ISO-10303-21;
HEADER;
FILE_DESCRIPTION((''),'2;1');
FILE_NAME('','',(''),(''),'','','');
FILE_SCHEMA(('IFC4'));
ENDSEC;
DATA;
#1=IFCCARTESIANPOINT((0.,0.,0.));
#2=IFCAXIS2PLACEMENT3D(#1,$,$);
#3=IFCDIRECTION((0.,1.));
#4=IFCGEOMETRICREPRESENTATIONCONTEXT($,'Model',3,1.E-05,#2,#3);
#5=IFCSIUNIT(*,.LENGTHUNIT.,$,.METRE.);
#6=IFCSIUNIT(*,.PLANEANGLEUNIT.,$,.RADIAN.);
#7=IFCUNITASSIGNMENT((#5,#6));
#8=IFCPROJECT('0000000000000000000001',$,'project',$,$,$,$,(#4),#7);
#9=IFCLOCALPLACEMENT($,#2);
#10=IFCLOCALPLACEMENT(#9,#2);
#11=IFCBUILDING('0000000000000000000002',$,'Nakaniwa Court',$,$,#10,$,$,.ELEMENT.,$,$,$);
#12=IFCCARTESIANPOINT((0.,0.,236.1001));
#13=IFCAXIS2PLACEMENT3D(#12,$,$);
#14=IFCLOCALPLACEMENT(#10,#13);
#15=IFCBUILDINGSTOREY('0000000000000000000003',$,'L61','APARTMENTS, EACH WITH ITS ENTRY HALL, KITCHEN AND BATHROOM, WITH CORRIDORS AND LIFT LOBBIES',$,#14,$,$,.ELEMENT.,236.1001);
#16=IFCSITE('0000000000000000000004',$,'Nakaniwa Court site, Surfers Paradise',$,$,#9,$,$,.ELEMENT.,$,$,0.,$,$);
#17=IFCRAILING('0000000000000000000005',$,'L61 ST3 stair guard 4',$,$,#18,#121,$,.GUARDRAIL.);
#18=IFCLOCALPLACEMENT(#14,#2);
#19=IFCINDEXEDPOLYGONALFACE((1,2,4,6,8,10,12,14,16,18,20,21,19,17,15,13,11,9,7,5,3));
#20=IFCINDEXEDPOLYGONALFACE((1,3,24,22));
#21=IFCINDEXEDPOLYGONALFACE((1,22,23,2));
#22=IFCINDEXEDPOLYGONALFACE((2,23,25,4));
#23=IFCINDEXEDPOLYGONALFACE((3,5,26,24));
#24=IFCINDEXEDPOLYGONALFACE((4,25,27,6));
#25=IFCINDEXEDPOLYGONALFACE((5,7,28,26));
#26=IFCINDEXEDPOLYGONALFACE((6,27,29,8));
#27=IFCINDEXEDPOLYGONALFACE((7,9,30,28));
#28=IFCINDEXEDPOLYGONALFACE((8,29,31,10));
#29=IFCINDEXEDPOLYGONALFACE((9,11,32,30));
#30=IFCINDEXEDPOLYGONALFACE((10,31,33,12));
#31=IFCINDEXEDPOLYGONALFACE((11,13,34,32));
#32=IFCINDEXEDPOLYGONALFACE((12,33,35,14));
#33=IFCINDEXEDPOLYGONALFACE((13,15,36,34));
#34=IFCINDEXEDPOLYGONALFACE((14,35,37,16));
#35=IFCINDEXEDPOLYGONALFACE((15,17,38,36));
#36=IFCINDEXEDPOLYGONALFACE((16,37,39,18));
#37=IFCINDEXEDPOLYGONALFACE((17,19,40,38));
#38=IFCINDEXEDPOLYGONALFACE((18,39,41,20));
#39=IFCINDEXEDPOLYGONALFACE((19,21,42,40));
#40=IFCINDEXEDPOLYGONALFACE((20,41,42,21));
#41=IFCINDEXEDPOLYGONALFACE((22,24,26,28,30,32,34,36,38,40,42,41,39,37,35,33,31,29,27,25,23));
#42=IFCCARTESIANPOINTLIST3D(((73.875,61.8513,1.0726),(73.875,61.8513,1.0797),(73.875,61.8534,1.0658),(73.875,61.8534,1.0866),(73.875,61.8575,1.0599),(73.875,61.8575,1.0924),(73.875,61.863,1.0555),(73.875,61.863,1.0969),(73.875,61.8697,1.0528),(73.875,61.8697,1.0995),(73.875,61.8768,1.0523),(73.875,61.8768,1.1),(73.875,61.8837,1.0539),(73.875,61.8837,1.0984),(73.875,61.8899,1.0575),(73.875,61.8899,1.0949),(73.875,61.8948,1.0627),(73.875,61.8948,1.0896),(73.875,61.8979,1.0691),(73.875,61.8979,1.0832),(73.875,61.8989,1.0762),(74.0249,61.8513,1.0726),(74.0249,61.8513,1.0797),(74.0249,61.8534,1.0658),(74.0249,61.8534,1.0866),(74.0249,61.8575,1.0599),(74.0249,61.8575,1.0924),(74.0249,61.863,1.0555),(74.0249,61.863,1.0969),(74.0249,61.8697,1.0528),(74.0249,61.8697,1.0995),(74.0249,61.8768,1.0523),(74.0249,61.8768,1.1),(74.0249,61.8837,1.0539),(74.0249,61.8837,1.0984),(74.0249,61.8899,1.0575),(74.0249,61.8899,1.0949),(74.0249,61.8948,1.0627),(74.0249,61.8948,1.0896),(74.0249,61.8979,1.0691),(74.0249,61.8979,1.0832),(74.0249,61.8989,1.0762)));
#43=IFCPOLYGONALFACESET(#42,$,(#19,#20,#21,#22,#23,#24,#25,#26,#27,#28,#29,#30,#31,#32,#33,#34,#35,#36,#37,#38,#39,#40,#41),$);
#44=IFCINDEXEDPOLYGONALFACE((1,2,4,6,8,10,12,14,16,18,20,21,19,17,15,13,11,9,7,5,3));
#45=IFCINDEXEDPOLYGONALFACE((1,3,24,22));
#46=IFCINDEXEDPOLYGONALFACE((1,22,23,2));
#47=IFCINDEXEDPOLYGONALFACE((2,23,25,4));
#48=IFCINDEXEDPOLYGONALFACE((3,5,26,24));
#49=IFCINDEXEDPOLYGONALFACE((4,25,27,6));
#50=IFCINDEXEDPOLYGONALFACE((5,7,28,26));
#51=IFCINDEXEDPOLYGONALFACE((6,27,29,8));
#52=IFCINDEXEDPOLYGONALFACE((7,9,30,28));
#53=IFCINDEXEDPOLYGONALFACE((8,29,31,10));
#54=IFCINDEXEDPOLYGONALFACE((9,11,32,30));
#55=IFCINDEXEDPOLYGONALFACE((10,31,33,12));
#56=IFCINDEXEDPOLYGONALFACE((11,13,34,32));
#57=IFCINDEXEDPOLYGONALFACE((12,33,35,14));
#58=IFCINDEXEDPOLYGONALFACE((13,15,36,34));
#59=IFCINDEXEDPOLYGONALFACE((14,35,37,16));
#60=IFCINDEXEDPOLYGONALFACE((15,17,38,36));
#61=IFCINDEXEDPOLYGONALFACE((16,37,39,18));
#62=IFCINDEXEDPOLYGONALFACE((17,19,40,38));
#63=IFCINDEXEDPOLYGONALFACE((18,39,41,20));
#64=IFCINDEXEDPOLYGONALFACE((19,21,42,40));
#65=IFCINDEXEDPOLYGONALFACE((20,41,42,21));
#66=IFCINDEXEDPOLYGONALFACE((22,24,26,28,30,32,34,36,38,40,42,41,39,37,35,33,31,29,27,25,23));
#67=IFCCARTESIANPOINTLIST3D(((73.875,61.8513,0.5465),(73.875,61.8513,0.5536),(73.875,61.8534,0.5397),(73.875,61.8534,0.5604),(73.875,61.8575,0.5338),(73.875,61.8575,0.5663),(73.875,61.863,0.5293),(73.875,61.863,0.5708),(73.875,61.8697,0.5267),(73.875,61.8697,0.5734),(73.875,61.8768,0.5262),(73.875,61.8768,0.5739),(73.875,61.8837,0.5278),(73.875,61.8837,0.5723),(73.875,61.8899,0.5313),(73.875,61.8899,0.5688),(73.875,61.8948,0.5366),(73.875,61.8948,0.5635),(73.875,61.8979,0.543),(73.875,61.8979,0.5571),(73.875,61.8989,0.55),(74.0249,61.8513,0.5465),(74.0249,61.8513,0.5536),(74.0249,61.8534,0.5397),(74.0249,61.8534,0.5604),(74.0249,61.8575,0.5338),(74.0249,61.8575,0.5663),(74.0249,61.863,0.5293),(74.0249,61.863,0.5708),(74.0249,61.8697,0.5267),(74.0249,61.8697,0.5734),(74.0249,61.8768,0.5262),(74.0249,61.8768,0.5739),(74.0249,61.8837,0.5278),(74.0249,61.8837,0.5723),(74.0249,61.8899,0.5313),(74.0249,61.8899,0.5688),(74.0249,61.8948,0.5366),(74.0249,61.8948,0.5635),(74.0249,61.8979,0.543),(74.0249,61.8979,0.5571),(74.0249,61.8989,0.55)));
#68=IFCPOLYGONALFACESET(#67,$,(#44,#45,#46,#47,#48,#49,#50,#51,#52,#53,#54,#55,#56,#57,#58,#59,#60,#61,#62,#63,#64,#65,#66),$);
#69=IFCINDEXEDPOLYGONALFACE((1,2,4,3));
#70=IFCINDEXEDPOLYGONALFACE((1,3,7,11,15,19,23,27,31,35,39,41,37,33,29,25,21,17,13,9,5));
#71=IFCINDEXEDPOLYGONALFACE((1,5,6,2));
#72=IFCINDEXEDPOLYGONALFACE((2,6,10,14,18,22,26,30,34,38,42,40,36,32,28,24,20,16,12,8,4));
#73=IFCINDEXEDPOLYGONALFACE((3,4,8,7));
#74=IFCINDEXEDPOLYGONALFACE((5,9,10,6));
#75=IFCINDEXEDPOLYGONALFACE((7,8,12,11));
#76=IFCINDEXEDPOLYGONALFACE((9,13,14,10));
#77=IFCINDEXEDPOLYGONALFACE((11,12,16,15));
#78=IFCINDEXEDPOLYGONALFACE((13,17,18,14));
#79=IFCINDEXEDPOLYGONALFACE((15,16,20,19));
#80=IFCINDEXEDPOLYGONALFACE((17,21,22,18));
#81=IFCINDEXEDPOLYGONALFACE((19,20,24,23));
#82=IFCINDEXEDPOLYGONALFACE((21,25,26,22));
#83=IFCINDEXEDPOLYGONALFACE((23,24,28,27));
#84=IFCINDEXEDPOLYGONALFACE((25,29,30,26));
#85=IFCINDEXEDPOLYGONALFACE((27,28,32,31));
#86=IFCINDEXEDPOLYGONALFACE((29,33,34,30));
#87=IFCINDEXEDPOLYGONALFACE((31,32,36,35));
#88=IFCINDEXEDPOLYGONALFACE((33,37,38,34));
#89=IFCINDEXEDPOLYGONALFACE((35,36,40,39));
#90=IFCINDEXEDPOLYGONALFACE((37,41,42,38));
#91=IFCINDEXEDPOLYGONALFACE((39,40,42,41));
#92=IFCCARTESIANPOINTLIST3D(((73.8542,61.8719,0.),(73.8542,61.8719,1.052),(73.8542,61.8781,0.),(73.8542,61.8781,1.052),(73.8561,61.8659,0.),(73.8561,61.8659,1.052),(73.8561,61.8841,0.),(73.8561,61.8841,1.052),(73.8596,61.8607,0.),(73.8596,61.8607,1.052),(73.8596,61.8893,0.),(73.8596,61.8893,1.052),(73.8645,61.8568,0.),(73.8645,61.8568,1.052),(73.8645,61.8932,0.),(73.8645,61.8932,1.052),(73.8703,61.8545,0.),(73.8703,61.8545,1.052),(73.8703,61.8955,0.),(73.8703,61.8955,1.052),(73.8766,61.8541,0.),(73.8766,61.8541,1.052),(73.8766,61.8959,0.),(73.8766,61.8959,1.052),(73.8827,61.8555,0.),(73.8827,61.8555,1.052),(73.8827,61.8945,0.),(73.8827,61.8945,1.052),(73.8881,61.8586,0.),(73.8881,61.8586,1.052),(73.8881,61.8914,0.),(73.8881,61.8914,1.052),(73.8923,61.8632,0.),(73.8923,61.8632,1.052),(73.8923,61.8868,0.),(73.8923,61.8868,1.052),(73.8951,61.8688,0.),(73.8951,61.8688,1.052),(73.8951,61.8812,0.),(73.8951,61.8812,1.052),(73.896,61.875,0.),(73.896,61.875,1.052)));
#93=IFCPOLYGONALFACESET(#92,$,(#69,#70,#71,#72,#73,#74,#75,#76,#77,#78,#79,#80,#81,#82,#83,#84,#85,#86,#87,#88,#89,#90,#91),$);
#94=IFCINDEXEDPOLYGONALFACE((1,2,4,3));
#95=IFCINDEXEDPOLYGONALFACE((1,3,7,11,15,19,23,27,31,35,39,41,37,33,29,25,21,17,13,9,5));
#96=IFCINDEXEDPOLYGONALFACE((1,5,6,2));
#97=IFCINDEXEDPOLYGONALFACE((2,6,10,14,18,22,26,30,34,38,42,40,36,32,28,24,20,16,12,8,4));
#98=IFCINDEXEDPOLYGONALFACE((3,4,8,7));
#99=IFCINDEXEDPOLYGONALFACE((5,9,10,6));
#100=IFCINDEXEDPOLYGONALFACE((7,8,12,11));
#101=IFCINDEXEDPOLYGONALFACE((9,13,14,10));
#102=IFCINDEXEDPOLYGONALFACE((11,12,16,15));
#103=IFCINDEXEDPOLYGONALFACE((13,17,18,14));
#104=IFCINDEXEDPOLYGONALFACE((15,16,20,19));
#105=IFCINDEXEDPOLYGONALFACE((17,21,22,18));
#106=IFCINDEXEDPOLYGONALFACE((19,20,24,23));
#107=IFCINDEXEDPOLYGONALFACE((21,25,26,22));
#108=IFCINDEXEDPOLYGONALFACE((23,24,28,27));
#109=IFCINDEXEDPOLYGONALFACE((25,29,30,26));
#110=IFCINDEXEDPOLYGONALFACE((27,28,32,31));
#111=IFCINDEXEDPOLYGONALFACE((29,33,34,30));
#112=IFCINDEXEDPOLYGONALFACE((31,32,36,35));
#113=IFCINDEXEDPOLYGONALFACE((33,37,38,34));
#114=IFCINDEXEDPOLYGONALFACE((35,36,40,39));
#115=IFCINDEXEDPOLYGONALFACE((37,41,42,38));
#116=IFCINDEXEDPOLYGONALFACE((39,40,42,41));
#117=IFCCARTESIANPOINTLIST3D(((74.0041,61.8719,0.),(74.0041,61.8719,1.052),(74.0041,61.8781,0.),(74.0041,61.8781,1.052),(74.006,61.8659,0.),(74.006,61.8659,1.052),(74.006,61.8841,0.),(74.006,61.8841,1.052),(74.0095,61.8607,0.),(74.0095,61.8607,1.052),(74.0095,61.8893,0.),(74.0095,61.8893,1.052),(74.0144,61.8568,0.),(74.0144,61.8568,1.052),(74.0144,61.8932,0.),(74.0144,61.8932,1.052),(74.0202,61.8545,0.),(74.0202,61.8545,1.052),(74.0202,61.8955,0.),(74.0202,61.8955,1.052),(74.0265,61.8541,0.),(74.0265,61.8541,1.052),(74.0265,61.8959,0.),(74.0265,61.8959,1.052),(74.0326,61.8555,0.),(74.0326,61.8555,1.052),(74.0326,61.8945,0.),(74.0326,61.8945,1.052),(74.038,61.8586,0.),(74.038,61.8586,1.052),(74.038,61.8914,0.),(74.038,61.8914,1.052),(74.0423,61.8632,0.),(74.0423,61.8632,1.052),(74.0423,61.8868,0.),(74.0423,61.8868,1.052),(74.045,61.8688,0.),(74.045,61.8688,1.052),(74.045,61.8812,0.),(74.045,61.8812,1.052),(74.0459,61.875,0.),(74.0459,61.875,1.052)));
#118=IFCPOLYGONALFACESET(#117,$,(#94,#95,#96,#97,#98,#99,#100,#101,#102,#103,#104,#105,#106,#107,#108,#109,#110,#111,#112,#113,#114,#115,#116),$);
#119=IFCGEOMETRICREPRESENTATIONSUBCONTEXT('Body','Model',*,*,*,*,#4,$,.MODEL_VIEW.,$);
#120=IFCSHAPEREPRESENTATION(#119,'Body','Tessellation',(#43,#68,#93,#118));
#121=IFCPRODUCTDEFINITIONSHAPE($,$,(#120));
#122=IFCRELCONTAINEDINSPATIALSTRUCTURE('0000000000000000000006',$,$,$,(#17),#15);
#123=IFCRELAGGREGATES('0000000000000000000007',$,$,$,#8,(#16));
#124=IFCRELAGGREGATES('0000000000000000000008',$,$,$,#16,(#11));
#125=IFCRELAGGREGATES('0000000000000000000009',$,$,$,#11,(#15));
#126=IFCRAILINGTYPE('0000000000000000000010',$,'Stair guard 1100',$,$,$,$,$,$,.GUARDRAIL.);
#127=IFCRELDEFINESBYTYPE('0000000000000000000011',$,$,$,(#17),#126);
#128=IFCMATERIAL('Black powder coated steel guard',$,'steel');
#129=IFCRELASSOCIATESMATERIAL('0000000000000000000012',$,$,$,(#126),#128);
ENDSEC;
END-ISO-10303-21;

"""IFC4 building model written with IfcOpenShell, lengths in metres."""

from ifc_helpers import new_model, si_unit, direction, frame, origin, origin_2d, place, context, subcontext, project, spatial, circle, extrude, material, type_object, element, save


model = new_model("IFC4")

# Units and contexts
model_context = context("Model", 3, precision=1e-05, world=origin(), true_north=direction((0.0, 1.0)))
body_context = subcontext(model_context, "Body", "Model", "MODEL_VIEW")
ifc_project = project(units=[si_unit("LENGTHUNIT", "METRE"), si_unit("PLANEANGLEUNIT", "RADIAN")], contexts=[model_context])

# Site, building, storey
site_placement = place(None, origin())
site = spatial("IfcSite", under=ifc_project, at=site_placement, Name="Nakaniwa Court site, Surfers Paradise", CompositionType="ELEMENT", RefElevation=0.0)
building_placement = place(site_placement, origin())
building = spatial("IfcBuilding", under=site, at=building_placement, Name="Nakaniwa Court", CompositionType="ELEMENT")
storey_placement = place(building_placement, frame((0.0, 0.0, 236.1001)))
storey = spatial("IfcBuildingStorey", under=building, at=storey_placement, Name="L61", Description="APARTMENTS, EACH WITH ITS ENTRY HALL, KITCHEN AND BATHROOM, WITH CORRIDORS AND LIFT LOBBIES", CompositionType="ELEMENT", Elevation=236.1001)

# Railing
ifc_material_1 = material(Name="Black powder coated steel guard", Category="steel")
railing_type_1 = type_object("IfcRailingType", Name="Stair guard 1100", PredefinedType="GUARDRAIL", material=ifc_material_1)
railing_1_placement = place(storey_placement, frame((73.875, 61.875, 0.0)))
element("IfcRailing", 1, at=railing_1_placement, inside=storey, type_object=railing_type_1, Name="L61 ST3 stair guard 4", PredefinedType="GUARDRAIL", context=body_context, shape_type="SweptSolid", body=[
    extrude(circle(Radius=0.0239, at=origin_2d()), frame((0.0, 0.0, 1.0762), z_axis=(1.0, 0.0, 0.0), x_axis=(0.0, 1.0, 0.0)), (0.0, 0.0, 1.0), 0.1499),
    extrude(circle(Radius=0.0239, at=origin_2d()), frame((0.0, 0.0, 0.55), z_axis=(1.0, 0.0, 0.0), x_axis=(0.0, 1.0, 0.0)), (0.0, 0.0, 1.0), 0.1499),
    extrude(circle(Radius=0.021, at=origin_2d()), origin(), (0.0, 0.0, 1.0), 1.052),
    extrude(circle(Radius=0.021, at=origin_2d()), frame((0.1499, 0.0, 0.0)), (0.0, 0.0, 1.0), 1.052),
])

save(model, "model.ifc")
